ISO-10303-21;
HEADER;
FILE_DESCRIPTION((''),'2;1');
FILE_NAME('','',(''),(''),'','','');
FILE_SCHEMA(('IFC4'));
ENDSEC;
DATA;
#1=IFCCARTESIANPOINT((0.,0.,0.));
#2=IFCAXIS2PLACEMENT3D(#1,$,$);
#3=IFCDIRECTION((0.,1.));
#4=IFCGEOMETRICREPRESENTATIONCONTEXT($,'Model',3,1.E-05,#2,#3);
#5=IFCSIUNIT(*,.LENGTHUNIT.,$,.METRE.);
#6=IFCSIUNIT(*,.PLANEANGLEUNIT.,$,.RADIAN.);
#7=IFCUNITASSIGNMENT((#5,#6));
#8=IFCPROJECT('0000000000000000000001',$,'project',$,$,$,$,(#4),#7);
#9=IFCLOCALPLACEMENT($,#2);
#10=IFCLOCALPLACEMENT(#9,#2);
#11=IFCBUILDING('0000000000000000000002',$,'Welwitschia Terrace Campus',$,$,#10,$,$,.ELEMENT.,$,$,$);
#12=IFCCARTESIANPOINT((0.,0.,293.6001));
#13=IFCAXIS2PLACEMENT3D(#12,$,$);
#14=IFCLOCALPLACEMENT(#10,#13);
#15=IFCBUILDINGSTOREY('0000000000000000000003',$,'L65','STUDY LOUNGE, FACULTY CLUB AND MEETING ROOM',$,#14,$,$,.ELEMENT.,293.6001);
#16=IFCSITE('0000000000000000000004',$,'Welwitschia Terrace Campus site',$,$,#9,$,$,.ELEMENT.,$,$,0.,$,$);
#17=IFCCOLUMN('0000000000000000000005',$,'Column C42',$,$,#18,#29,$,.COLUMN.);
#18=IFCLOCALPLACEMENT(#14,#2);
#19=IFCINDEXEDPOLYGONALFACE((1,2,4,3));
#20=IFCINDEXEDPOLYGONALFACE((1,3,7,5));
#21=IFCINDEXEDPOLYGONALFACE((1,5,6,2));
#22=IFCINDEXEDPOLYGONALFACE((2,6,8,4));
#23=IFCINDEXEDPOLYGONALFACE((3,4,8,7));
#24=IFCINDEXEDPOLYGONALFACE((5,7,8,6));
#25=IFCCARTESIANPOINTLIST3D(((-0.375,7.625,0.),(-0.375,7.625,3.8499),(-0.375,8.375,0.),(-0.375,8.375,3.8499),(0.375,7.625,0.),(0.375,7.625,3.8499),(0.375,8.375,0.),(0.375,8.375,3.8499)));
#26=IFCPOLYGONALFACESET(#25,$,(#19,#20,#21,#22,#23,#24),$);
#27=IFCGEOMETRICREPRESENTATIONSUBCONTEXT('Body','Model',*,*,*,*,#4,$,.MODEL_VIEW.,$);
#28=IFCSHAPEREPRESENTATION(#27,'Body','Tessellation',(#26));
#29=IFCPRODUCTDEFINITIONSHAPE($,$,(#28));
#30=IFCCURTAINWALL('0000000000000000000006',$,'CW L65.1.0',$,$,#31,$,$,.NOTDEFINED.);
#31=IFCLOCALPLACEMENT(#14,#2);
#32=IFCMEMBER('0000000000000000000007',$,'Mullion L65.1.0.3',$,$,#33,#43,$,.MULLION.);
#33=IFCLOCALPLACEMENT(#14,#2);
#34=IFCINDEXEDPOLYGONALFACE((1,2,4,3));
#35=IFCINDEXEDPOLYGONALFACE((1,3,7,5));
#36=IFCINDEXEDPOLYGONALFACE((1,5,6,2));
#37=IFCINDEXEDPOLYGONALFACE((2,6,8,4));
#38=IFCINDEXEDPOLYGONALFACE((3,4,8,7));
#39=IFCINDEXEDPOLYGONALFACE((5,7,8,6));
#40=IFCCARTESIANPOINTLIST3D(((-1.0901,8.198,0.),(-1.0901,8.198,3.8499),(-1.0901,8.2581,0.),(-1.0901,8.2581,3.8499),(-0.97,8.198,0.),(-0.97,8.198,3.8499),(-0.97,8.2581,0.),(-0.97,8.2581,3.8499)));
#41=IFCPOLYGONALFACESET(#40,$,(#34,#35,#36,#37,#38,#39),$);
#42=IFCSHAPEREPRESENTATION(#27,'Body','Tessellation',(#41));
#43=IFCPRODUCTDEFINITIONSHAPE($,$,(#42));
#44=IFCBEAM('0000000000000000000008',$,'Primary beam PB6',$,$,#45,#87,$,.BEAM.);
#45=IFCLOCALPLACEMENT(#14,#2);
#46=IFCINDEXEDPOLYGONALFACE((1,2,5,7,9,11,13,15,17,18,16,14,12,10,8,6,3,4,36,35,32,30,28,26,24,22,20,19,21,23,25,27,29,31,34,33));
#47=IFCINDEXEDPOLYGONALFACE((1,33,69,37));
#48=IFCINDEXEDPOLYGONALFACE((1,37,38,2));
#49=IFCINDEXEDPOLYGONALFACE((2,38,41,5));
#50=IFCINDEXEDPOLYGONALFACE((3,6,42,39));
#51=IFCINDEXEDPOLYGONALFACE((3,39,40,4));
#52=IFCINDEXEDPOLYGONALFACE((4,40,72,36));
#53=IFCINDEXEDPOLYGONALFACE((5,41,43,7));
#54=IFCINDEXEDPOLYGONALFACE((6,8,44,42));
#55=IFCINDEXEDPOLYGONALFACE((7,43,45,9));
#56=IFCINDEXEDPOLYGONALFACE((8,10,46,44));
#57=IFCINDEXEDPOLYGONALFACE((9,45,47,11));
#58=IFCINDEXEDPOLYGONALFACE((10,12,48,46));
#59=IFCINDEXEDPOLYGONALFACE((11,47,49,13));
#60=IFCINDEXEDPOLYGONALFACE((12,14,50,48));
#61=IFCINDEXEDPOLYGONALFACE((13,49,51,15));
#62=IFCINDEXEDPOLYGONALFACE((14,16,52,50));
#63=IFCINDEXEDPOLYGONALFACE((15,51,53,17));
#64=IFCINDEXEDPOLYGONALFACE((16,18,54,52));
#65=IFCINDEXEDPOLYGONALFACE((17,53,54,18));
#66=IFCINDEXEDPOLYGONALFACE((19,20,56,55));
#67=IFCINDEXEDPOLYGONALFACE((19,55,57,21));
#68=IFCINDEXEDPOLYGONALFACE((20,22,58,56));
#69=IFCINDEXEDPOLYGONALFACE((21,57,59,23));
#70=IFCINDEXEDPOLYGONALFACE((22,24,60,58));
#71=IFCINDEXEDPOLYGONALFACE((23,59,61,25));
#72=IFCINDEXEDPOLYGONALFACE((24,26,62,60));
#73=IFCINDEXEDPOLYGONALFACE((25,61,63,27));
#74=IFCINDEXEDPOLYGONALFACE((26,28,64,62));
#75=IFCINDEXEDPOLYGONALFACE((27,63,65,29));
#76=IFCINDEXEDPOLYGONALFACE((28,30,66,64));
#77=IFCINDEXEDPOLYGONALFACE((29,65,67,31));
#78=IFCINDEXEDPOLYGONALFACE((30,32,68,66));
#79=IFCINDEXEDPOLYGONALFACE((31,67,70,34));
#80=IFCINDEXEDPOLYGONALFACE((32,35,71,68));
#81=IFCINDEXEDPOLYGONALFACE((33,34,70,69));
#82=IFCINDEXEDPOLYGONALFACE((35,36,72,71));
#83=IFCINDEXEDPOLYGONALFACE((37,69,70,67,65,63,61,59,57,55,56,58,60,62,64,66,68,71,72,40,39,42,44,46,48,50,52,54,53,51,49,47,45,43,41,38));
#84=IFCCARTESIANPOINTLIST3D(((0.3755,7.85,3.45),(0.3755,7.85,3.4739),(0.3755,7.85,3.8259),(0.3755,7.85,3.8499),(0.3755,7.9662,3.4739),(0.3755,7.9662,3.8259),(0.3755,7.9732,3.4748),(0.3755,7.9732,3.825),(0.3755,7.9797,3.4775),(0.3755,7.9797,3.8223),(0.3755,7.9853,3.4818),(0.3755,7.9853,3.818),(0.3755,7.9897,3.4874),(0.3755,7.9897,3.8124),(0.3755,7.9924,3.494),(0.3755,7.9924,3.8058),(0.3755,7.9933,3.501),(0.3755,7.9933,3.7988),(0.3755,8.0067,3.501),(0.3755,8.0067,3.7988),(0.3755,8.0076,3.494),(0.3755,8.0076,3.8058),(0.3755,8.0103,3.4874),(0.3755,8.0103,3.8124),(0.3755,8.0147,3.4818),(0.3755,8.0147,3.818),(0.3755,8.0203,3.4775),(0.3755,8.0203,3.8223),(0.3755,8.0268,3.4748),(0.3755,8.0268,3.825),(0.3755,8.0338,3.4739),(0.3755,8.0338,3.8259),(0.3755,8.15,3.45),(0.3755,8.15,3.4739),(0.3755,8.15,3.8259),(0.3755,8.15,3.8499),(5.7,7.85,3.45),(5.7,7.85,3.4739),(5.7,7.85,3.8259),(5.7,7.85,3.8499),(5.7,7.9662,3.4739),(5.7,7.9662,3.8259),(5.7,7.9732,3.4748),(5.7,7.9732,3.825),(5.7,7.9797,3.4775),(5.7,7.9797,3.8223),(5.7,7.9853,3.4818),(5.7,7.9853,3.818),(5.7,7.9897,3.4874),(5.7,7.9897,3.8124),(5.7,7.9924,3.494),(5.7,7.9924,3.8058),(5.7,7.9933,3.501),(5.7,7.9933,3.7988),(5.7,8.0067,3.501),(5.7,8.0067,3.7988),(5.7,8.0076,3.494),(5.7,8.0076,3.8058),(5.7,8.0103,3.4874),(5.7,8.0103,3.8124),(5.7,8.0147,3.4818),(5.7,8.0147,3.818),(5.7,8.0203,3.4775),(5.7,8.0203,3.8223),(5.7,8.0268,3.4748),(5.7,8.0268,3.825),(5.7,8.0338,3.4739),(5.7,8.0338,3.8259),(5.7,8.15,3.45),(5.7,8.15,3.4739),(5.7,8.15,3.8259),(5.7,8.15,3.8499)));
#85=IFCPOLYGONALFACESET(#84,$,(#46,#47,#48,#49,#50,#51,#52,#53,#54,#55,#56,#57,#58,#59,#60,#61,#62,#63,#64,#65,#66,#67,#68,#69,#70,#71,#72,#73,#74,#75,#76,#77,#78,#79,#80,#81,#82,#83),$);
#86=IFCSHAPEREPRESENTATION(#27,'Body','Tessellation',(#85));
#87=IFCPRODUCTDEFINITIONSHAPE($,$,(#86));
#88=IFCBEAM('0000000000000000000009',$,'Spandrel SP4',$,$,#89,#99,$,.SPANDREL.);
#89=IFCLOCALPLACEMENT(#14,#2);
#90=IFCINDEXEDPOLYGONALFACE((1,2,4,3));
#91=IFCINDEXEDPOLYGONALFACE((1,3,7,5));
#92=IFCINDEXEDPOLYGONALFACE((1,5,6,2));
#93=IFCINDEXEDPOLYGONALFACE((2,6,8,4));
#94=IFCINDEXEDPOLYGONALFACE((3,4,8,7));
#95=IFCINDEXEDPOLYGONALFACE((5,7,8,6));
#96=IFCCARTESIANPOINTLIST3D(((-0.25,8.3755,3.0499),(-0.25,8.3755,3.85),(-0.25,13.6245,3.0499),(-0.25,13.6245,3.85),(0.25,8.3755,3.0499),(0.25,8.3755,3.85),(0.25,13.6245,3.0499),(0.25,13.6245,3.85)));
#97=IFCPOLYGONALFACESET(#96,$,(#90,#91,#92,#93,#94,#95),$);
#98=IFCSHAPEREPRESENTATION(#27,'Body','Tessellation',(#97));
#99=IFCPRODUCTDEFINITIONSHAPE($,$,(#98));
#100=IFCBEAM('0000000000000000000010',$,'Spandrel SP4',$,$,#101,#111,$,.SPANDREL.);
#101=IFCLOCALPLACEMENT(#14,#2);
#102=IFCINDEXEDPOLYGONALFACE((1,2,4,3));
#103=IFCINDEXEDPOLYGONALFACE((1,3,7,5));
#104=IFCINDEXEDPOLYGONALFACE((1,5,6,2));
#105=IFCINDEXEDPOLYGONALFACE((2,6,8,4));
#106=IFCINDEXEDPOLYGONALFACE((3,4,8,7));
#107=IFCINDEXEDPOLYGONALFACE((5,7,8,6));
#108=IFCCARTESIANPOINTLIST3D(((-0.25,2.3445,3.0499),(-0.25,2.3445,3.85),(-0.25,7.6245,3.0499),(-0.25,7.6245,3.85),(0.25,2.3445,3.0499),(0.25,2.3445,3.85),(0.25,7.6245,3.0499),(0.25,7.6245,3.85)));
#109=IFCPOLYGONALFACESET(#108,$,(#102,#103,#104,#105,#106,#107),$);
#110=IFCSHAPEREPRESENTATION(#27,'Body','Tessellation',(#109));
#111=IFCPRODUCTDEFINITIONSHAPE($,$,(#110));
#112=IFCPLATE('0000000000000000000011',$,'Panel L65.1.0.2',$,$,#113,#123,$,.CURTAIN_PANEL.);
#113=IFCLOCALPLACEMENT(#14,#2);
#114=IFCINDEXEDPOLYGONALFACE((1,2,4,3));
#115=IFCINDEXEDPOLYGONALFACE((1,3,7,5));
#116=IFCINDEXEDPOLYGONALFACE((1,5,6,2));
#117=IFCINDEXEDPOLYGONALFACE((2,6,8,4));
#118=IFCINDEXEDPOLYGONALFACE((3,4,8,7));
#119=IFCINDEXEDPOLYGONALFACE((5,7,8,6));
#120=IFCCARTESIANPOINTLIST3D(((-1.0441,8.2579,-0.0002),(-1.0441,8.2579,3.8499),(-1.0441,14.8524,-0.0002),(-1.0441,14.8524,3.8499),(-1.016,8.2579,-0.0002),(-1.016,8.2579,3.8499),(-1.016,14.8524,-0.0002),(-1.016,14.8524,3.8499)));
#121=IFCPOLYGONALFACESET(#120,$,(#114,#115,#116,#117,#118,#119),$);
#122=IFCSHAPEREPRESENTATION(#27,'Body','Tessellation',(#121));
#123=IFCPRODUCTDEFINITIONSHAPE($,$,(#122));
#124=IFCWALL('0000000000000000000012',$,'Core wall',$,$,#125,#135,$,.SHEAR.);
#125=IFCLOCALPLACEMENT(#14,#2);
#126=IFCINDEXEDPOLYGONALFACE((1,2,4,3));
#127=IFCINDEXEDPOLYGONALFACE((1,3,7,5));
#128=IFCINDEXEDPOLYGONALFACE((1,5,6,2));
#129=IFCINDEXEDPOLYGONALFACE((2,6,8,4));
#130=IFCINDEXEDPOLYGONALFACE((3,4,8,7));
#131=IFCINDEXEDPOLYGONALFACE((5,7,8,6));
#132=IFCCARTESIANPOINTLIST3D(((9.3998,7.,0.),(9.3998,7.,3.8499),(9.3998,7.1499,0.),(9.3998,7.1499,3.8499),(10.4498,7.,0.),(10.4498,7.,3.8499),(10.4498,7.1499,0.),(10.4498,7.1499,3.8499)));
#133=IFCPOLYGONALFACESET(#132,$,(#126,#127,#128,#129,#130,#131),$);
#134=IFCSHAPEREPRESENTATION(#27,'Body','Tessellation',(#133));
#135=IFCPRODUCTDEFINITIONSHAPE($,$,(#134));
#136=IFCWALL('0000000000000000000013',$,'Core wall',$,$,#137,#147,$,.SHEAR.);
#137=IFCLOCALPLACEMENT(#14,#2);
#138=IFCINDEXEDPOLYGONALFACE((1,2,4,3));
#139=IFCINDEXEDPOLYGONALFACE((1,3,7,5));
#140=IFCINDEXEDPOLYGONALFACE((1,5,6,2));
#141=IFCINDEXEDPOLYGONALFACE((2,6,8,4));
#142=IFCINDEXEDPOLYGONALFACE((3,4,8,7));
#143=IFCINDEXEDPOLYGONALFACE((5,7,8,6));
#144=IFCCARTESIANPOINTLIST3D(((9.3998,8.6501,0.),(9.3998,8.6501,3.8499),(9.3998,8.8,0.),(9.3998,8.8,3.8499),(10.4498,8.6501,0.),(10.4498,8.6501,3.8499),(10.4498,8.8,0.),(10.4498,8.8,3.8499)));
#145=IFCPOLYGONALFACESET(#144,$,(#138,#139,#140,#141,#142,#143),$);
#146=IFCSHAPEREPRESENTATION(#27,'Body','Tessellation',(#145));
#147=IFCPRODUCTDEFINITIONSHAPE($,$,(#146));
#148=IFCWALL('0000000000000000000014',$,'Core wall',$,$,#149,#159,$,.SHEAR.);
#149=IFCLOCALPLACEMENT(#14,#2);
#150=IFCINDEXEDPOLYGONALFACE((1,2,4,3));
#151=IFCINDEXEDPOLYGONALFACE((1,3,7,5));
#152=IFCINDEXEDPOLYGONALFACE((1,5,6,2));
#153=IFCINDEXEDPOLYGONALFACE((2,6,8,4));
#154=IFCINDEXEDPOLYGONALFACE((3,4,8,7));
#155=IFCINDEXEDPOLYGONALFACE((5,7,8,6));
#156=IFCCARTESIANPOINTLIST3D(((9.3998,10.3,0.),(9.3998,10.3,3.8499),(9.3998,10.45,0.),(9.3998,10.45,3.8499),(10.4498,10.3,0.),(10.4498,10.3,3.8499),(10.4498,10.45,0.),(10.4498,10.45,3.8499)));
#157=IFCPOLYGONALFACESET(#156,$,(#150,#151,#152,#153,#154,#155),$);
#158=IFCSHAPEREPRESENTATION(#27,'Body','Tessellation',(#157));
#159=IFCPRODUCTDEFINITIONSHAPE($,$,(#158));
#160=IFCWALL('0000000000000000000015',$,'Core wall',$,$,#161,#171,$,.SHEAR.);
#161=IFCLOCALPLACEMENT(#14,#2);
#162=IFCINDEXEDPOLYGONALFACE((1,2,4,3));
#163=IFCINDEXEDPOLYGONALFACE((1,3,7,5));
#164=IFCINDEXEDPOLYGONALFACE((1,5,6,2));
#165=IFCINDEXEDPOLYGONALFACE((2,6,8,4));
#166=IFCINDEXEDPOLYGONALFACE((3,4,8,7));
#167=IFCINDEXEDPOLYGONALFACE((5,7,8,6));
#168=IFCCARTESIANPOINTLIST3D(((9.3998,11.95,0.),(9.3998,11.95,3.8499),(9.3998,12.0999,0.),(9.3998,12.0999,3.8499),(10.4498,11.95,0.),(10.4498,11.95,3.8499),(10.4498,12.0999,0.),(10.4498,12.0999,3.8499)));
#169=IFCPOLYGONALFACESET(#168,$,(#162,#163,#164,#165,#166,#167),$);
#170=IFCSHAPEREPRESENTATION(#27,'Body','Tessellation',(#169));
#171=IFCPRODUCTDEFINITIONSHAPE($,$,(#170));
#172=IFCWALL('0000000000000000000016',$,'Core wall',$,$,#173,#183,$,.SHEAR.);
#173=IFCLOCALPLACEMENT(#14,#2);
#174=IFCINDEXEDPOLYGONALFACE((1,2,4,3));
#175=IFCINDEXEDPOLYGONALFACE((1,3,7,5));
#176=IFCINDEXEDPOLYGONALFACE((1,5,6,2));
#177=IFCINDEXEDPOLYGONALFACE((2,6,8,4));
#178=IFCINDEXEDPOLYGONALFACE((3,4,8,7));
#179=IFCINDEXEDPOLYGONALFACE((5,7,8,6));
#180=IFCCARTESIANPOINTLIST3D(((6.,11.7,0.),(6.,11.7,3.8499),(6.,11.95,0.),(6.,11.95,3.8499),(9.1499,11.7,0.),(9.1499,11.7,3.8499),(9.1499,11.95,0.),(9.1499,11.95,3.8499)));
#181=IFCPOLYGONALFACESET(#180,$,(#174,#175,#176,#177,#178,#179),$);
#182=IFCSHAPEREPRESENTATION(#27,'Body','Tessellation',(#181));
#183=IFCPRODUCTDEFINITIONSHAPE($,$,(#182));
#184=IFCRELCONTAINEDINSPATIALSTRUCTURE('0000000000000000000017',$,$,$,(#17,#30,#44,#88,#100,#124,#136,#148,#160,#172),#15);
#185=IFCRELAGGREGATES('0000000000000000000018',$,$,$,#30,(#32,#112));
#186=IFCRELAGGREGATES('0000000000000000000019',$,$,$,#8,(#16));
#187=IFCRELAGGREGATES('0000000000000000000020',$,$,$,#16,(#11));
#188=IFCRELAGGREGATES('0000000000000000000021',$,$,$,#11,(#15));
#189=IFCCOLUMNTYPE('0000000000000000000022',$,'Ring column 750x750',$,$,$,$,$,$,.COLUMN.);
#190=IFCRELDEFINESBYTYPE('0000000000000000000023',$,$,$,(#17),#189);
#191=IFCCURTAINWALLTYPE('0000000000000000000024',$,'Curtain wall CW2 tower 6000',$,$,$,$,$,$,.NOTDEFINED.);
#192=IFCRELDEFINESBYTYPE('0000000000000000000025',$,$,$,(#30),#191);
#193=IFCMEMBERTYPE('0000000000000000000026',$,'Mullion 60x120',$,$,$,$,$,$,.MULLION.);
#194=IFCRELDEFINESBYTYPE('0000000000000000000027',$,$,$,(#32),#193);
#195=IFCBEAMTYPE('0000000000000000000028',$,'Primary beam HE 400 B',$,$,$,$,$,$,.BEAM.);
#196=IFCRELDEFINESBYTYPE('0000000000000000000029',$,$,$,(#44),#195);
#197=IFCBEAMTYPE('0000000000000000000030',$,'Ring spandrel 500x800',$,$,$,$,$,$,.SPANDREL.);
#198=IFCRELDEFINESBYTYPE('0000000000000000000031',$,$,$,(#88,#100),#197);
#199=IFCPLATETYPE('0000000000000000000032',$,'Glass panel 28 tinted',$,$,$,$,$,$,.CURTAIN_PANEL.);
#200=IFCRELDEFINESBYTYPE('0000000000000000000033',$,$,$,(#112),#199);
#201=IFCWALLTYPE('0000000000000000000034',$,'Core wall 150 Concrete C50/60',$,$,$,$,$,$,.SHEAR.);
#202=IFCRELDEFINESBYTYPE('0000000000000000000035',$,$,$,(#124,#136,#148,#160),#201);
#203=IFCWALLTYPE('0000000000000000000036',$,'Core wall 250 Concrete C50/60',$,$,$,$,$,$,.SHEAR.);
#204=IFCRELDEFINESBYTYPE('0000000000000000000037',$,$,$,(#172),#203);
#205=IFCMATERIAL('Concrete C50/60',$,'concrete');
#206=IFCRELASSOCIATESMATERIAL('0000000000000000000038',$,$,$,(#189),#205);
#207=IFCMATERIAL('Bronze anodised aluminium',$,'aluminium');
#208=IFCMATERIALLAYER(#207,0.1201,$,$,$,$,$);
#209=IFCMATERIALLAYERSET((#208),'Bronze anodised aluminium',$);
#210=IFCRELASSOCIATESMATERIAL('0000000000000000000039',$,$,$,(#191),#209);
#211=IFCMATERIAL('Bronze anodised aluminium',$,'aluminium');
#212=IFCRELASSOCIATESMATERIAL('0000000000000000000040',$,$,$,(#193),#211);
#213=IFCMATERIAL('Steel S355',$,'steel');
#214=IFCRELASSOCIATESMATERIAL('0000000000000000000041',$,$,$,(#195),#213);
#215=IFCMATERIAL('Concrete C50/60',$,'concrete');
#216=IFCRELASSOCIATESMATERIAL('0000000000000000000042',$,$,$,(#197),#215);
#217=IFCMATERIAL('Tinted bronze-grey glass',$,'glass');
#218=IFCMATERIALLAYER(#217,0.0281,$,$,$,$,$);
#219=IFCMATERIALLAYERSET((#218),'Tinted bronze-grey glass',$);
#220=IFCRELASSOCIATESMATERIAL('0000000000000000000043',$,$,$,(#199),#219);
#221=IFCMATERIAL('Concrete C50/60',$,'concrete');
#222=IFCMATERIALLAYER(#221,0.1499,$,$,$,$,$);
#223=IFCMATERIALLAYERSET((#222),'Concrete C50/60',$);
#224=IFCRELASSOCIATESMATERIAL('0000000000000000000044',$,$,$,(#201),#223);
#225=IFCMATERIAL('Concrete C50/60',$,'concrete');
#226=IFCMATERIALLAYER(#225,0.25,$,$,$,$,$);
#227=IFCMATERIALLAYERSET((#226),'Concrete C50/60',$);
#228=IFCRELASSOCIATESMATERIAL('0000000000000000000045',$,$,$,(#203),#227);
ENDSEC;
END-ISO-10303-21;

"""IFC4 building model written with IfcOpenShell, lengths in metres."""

from ifc_helpers import new_model, si_unit, direction, frame, frame_2d, origin, origin_2d, place, context, subcontext, project, spatial, rectangle, i_section, extrude, material, layer, layer_set, material_profile, profile_set, type_object, element, aggregate, save


model = new_model("IFC4")

# Units and contexts
model_context = context("Model", 3, precision=1e-05, world=origin(), true_north=direction((0.0, 1.0)))
body_context = subcontext(model_context, "Body", "Model", "MODEL_VIEW")
ifc_project = project(units=[si_unit("LENGTHUNIT", "METRE"), si_unit("PLANEANGLEUNIT", "RADIAN")], contexts=[model_context])

# Site, building, storey
site_placement = place(None, origin())
site = spatial("IfcSite", under=ifc_project, at=site_placement, Name="Welwitschia Terrace Campus site", CompositionType="ELEMENT", RefElevation=0.0)
building_placement = place(site_placement, origin())
building = spatial("IfcBuilding", under=site, at=building_placement, Name="Welwitschia Terrace Campus", CompositionType="ELEMENT")
storey_placement = place(building_placement, frame((0.0, 0.0, 293.6001)))
storey = spatial("IfcBuildingStorey", under=building, at=storey_placement, Name="L65", Description="STUDY LOUNGE, FACULTY CLUB AND MEETING ROOM", CompositionType="ELEMENT", Elevation=293.6001)

# Column
ifc_material_1 = material(Name="Concrete C50/60", Category="concrete")
ifc_material_profile_1 = material_profile(ifc_material_1, rectangle(XDim=0.75, YDim=0.75, at=origin_2d()))
ifc_profile_set_1 = profile_set([ifc_material_profile_1], Name="Concrete C50/60")
column_type = type_object("IfcColumnType", Name="Ring column 750x750", PredefinedType="COLUMN", material=ifc_profile_set_1)
column_placement = place(storey_placement, frame((0.0, 8.0, 0.0), z_axis=(0.0, 0.0, 1.0), x_axis=(1.0, 0.0, 0.0)))
element("IfcColumn", 1, at=column_placement, inside=storey, type_object=column_type, Name="Column C42", PredefinedType="COLUMN", context=body_context, shape_type="SweptSolid", body=[
    extrude(rectangle(XDim=0.75, YDim=0.75, at=origin_2d()), origin(), (0.0, 0.0, 1.0), 3.8499),
])

# Curtain wall, member
ifc_material_2 = material(Name="Bronze anodised aluminium", Category="aluminium")
ifc_layer_1 = layer(ifc_material_2, 0.1201)
ifc_layer_set_1 = layer_set([ifc_layer_1], Name="Bronze anodised aluminium")
curtain_wall_type = type_object("IfcCurtainWallType", Name="Curtain wall CW2 tower 6000", PredefinedType="NOTDEFINED", material=ifc_layer_set_1)
curtain_wall_placement = place(storey_placement, origin())
curtain_wall = element("IfcCurtainWall", 2, at=curtain_wall_placement, inside=storey, type_object=curtain_wall_type, Name="CW L65.1.0", PredefinedType="NOTDEFINED")
ifc_material_3 = material(Name="Bronze anodised aluminium", Category="aluminium")
ifc_material_profile_2 = material_profile(ifc_material_3, rectangle(XDim=0.1201, YDim=0.0601, at=origin_2d()))
ifc_profile_set_2 = profile_set([ifc_material_profile_2], Name="Bronze anodised aluminium")
member_type = type_object("IfcMemberType", Name="Mullion 60x120", PredefinedType="MULLION", material=ifc_profile_set_2)
member_placement = place(storey_placement, frame((-1.03, 8.228, 0.0), z_axis=(0.0, 0.0, 1.0), x_axis=(1.0, 0.0, 0.0)))
member = element("IfcMember", 3, at=member_placement, type_object=member_type, Name="Mullion L65.1.0.3", PredefinedType="MULLION", context=body_context, shape_type="SweptSolid", body=[
    extrude(rectangle(XDim=0.1201, YDim=0.0601, at=origin_2d()), origin(), (0.0, 0.0, 1.0), 3.8499),
])

# Beams
ifc_material_4 = material(Name="Steel S355", Category="steel")
ifc_material_profile_3 = material_profile(ifc_material_4, i_section(OverallWidth=0.3, OverallDepth=0.3999, WebThickness=0.0134, FlangeThickness=0.0239, FilletRadius=0.0271, at=origin_2d()))
ifc_profile_set_3 = profile_set([ifc_material_profile_3], Name="Steel S355")
beam_type_1 = type_object("IfcBeamType", Name="Primary beam HE 400 B", PredefinedType="BEAM", material=ifc_profile_set_3)
beam_1_placement = place(storey_placement, frame((0.3755, 8.0, 3.6499), z_axis=(1.0, 0.0, 0.0), x_axis=(0.0, 1.0, 0.0)))
element("IfcBeam", 4, at=beam_1_placement, inside=storey, type_object=beam_type_1, Name="Primary beam PB6", PredefinedType="BEAM", context=body_context, shape_type="SweptSolid", body=[
    extrude(i_section(OverallWidth=0.3, OverallDepth=0.3999, WebThickness=0.0134, FlangeThickness=0.0239, FilletRadius=0.0271, at=origin_2d()), origin(), (0.0, 0.0, 1.0), 5.3245),
])
ifc_material_5 = material(Name="Concrete C50/60", Category="concrete")
ifc_material_profile_4 = material_profile(ifc_material_5, rectangle(XDim=0.5, YDim=0.8, at=origin_2d()))
ifc_profile_set_4 = profile_set([ifc_material_profile_4], Name="Concrete C50/60")
beam_type_2 = type_object("IfcBeamType", Name="Ring spandrel 500x800", PredefinedType="SPANDREL", material=ifc_profile_set_4)
beam_2_placement = place(storey_placement, frame((0.0, 13.6245, 3.45), z_axis=(0.0, -1.0, 0.0), x_axis=(1.0, 0.0, 0.0)))
element("IfcBeam", 5, at=beam_2_placement, inside=storey, type_object=beam_type_2, Name="Spandrel SP4", PredefinedType="SPANDREL", context=body_context, shape_type="SweptSolid", body=[
    extrude(rectangle(XDim=0.5, YDim=0.8, at=origin_2d()), origin(), (0.0, 0.0, 1.0), 5.249),
])
beam_3_placement = place(storey_placement, frame((0.0, 7.6245, 3.45), z_axis=(0.0, -1.0, 0.0), x_axis=(1.0, 0.0, 0.0)))
element("IfcBeam", 6, at=beam_3_placement, inside=storey, type_object=beam_type_2, Name="Spandrel SP4", PredefinedType="SPANDREL", context=body_context, shape_type="SweptSolid", body=[
    extrude(rectangle(XDim=0.5, YDim=0.8, at=origin_2d()), origin(), (0.0, 0.0, 1.0), 5.28),
])

# Plate
ifc_material_6 = material(Name="Tinted bronze-grey glass", Category="glass")
ifc_layer_2 = layer(ifc_material_6, 0.0281)
ifc_layer_set_2 = layer_set([ifc_layer_2], Name="Tinted bronze-grey glass")
plate_type = type_object("IfcPlateType", Name="Glass panel 28 tinted", PredefinedType="CURTAIN_PANEL", material=ifc_layer_set_2)
plate_placement = place(storey_placement, frame((-1.03, 11.5552, -0.0002), z_axis=(0.0, 0.0, 1.0), x_axis=(0.0, -1.0, 0.0)))
plate = element("IfcPlate", 7, at=plate_placement, type_object=plate_type, Name="Panel L65.1.0.2", PredefinedType="CURTAIN_PANEL", context=body_context, shape_type="SweptSolid", body=[
    extrude(rectangle(XDim=6.5945, YDim=0.0281, at=origin_2d()), origin(), (0.0, 0.0, 1.0), 3.8501),
])
aggregate(curtain_wall, [member, plate])

# Walls
ifc_material_7 = material(Name="Concrete C50/60", Category="concrete")
ifc_layer_3 = layer(ifc_material_7, 0.1499)
ifc_layer_set_3 = layer_set([ifc_layer_3], Name="Concrete C50/60")
wall_type_1 = type_object("IfcWallType", Name="Core wall 150 Concrete C50/60", PredefinedType="SHEAR", material=ifc_layer_set_3)
for number, where, z_axis, x_axis, name in (
    (8, (9.3999, 7.075, 0.0), (0.0, 0.0, 1.0), (1.0, 0.0, 0.0), "Core wall"),
    (9, (9.3999, 8.7251, 0.0), (0.0, 0.0, 1.0), (1.0, 0.0, 0.0), "Core wall"),
    (10, (9.3999, 10.375, 0.0), (0.0, 0.0, 1.0), (1.0, 0.0, 0.0), "Core wall"),
    (11, (9.3999, 12.0249, 0.0), (0.0, 0.0, 1.0), (1.0, 0.0, 0.0), "Core wall"),
):
    element("IfcWall", number, at=place(storey_placement, frame(where, z_axis=z_axis, x_axis=x_axis)), inside=storey, type_object=wall_type_1, Name=name, PredefinedType="SHEAR", context=body_context, shape_type="SweptSolid", body=[
        extrude(rectangle(XDim=1.05, YDim=0.1499, at=frame_2d((0.5249, 0.0))), origin(), (0.0, 0.0, 1.0), 3.8499),
    ])
ifc_material_8 = material(Name="Concrete C50/60", Category="concrete")
ifc_layer_4 = layer(ifc_material_8, 0.25)
ifc_layer_set_4 = layer_set([ifc_layer_4], Name="Concrete C50/60")
wall_type_2 = type_object("IfcWallType", Name="Core wall 250 Concrete C50/60", PredefinedType="SHEAR", material=ifc_layer_set_4)
wall_1_placement = place(storey_placement, frame((6.0, 11.825, 0.0), z_axis=(0.0, 0.0, 1.0), x_axis=(1.0, 0.0, 0.0)))
element("IfcWall", 12, at=wall_1_placement, inside=storey, type_object=wall_type_2, Name="Core wall", PredefinedType="SHEAR", context=body_context, shape_type="SweptSolid", body=[
    extrude(rectangle(XDim=3.1499, YDim=0.25, at=frame_2d((1.575, 0.0))), origin(), (0.0, 0.0, 1.0), 3.8499),
])

save(model, "model.ifc")
